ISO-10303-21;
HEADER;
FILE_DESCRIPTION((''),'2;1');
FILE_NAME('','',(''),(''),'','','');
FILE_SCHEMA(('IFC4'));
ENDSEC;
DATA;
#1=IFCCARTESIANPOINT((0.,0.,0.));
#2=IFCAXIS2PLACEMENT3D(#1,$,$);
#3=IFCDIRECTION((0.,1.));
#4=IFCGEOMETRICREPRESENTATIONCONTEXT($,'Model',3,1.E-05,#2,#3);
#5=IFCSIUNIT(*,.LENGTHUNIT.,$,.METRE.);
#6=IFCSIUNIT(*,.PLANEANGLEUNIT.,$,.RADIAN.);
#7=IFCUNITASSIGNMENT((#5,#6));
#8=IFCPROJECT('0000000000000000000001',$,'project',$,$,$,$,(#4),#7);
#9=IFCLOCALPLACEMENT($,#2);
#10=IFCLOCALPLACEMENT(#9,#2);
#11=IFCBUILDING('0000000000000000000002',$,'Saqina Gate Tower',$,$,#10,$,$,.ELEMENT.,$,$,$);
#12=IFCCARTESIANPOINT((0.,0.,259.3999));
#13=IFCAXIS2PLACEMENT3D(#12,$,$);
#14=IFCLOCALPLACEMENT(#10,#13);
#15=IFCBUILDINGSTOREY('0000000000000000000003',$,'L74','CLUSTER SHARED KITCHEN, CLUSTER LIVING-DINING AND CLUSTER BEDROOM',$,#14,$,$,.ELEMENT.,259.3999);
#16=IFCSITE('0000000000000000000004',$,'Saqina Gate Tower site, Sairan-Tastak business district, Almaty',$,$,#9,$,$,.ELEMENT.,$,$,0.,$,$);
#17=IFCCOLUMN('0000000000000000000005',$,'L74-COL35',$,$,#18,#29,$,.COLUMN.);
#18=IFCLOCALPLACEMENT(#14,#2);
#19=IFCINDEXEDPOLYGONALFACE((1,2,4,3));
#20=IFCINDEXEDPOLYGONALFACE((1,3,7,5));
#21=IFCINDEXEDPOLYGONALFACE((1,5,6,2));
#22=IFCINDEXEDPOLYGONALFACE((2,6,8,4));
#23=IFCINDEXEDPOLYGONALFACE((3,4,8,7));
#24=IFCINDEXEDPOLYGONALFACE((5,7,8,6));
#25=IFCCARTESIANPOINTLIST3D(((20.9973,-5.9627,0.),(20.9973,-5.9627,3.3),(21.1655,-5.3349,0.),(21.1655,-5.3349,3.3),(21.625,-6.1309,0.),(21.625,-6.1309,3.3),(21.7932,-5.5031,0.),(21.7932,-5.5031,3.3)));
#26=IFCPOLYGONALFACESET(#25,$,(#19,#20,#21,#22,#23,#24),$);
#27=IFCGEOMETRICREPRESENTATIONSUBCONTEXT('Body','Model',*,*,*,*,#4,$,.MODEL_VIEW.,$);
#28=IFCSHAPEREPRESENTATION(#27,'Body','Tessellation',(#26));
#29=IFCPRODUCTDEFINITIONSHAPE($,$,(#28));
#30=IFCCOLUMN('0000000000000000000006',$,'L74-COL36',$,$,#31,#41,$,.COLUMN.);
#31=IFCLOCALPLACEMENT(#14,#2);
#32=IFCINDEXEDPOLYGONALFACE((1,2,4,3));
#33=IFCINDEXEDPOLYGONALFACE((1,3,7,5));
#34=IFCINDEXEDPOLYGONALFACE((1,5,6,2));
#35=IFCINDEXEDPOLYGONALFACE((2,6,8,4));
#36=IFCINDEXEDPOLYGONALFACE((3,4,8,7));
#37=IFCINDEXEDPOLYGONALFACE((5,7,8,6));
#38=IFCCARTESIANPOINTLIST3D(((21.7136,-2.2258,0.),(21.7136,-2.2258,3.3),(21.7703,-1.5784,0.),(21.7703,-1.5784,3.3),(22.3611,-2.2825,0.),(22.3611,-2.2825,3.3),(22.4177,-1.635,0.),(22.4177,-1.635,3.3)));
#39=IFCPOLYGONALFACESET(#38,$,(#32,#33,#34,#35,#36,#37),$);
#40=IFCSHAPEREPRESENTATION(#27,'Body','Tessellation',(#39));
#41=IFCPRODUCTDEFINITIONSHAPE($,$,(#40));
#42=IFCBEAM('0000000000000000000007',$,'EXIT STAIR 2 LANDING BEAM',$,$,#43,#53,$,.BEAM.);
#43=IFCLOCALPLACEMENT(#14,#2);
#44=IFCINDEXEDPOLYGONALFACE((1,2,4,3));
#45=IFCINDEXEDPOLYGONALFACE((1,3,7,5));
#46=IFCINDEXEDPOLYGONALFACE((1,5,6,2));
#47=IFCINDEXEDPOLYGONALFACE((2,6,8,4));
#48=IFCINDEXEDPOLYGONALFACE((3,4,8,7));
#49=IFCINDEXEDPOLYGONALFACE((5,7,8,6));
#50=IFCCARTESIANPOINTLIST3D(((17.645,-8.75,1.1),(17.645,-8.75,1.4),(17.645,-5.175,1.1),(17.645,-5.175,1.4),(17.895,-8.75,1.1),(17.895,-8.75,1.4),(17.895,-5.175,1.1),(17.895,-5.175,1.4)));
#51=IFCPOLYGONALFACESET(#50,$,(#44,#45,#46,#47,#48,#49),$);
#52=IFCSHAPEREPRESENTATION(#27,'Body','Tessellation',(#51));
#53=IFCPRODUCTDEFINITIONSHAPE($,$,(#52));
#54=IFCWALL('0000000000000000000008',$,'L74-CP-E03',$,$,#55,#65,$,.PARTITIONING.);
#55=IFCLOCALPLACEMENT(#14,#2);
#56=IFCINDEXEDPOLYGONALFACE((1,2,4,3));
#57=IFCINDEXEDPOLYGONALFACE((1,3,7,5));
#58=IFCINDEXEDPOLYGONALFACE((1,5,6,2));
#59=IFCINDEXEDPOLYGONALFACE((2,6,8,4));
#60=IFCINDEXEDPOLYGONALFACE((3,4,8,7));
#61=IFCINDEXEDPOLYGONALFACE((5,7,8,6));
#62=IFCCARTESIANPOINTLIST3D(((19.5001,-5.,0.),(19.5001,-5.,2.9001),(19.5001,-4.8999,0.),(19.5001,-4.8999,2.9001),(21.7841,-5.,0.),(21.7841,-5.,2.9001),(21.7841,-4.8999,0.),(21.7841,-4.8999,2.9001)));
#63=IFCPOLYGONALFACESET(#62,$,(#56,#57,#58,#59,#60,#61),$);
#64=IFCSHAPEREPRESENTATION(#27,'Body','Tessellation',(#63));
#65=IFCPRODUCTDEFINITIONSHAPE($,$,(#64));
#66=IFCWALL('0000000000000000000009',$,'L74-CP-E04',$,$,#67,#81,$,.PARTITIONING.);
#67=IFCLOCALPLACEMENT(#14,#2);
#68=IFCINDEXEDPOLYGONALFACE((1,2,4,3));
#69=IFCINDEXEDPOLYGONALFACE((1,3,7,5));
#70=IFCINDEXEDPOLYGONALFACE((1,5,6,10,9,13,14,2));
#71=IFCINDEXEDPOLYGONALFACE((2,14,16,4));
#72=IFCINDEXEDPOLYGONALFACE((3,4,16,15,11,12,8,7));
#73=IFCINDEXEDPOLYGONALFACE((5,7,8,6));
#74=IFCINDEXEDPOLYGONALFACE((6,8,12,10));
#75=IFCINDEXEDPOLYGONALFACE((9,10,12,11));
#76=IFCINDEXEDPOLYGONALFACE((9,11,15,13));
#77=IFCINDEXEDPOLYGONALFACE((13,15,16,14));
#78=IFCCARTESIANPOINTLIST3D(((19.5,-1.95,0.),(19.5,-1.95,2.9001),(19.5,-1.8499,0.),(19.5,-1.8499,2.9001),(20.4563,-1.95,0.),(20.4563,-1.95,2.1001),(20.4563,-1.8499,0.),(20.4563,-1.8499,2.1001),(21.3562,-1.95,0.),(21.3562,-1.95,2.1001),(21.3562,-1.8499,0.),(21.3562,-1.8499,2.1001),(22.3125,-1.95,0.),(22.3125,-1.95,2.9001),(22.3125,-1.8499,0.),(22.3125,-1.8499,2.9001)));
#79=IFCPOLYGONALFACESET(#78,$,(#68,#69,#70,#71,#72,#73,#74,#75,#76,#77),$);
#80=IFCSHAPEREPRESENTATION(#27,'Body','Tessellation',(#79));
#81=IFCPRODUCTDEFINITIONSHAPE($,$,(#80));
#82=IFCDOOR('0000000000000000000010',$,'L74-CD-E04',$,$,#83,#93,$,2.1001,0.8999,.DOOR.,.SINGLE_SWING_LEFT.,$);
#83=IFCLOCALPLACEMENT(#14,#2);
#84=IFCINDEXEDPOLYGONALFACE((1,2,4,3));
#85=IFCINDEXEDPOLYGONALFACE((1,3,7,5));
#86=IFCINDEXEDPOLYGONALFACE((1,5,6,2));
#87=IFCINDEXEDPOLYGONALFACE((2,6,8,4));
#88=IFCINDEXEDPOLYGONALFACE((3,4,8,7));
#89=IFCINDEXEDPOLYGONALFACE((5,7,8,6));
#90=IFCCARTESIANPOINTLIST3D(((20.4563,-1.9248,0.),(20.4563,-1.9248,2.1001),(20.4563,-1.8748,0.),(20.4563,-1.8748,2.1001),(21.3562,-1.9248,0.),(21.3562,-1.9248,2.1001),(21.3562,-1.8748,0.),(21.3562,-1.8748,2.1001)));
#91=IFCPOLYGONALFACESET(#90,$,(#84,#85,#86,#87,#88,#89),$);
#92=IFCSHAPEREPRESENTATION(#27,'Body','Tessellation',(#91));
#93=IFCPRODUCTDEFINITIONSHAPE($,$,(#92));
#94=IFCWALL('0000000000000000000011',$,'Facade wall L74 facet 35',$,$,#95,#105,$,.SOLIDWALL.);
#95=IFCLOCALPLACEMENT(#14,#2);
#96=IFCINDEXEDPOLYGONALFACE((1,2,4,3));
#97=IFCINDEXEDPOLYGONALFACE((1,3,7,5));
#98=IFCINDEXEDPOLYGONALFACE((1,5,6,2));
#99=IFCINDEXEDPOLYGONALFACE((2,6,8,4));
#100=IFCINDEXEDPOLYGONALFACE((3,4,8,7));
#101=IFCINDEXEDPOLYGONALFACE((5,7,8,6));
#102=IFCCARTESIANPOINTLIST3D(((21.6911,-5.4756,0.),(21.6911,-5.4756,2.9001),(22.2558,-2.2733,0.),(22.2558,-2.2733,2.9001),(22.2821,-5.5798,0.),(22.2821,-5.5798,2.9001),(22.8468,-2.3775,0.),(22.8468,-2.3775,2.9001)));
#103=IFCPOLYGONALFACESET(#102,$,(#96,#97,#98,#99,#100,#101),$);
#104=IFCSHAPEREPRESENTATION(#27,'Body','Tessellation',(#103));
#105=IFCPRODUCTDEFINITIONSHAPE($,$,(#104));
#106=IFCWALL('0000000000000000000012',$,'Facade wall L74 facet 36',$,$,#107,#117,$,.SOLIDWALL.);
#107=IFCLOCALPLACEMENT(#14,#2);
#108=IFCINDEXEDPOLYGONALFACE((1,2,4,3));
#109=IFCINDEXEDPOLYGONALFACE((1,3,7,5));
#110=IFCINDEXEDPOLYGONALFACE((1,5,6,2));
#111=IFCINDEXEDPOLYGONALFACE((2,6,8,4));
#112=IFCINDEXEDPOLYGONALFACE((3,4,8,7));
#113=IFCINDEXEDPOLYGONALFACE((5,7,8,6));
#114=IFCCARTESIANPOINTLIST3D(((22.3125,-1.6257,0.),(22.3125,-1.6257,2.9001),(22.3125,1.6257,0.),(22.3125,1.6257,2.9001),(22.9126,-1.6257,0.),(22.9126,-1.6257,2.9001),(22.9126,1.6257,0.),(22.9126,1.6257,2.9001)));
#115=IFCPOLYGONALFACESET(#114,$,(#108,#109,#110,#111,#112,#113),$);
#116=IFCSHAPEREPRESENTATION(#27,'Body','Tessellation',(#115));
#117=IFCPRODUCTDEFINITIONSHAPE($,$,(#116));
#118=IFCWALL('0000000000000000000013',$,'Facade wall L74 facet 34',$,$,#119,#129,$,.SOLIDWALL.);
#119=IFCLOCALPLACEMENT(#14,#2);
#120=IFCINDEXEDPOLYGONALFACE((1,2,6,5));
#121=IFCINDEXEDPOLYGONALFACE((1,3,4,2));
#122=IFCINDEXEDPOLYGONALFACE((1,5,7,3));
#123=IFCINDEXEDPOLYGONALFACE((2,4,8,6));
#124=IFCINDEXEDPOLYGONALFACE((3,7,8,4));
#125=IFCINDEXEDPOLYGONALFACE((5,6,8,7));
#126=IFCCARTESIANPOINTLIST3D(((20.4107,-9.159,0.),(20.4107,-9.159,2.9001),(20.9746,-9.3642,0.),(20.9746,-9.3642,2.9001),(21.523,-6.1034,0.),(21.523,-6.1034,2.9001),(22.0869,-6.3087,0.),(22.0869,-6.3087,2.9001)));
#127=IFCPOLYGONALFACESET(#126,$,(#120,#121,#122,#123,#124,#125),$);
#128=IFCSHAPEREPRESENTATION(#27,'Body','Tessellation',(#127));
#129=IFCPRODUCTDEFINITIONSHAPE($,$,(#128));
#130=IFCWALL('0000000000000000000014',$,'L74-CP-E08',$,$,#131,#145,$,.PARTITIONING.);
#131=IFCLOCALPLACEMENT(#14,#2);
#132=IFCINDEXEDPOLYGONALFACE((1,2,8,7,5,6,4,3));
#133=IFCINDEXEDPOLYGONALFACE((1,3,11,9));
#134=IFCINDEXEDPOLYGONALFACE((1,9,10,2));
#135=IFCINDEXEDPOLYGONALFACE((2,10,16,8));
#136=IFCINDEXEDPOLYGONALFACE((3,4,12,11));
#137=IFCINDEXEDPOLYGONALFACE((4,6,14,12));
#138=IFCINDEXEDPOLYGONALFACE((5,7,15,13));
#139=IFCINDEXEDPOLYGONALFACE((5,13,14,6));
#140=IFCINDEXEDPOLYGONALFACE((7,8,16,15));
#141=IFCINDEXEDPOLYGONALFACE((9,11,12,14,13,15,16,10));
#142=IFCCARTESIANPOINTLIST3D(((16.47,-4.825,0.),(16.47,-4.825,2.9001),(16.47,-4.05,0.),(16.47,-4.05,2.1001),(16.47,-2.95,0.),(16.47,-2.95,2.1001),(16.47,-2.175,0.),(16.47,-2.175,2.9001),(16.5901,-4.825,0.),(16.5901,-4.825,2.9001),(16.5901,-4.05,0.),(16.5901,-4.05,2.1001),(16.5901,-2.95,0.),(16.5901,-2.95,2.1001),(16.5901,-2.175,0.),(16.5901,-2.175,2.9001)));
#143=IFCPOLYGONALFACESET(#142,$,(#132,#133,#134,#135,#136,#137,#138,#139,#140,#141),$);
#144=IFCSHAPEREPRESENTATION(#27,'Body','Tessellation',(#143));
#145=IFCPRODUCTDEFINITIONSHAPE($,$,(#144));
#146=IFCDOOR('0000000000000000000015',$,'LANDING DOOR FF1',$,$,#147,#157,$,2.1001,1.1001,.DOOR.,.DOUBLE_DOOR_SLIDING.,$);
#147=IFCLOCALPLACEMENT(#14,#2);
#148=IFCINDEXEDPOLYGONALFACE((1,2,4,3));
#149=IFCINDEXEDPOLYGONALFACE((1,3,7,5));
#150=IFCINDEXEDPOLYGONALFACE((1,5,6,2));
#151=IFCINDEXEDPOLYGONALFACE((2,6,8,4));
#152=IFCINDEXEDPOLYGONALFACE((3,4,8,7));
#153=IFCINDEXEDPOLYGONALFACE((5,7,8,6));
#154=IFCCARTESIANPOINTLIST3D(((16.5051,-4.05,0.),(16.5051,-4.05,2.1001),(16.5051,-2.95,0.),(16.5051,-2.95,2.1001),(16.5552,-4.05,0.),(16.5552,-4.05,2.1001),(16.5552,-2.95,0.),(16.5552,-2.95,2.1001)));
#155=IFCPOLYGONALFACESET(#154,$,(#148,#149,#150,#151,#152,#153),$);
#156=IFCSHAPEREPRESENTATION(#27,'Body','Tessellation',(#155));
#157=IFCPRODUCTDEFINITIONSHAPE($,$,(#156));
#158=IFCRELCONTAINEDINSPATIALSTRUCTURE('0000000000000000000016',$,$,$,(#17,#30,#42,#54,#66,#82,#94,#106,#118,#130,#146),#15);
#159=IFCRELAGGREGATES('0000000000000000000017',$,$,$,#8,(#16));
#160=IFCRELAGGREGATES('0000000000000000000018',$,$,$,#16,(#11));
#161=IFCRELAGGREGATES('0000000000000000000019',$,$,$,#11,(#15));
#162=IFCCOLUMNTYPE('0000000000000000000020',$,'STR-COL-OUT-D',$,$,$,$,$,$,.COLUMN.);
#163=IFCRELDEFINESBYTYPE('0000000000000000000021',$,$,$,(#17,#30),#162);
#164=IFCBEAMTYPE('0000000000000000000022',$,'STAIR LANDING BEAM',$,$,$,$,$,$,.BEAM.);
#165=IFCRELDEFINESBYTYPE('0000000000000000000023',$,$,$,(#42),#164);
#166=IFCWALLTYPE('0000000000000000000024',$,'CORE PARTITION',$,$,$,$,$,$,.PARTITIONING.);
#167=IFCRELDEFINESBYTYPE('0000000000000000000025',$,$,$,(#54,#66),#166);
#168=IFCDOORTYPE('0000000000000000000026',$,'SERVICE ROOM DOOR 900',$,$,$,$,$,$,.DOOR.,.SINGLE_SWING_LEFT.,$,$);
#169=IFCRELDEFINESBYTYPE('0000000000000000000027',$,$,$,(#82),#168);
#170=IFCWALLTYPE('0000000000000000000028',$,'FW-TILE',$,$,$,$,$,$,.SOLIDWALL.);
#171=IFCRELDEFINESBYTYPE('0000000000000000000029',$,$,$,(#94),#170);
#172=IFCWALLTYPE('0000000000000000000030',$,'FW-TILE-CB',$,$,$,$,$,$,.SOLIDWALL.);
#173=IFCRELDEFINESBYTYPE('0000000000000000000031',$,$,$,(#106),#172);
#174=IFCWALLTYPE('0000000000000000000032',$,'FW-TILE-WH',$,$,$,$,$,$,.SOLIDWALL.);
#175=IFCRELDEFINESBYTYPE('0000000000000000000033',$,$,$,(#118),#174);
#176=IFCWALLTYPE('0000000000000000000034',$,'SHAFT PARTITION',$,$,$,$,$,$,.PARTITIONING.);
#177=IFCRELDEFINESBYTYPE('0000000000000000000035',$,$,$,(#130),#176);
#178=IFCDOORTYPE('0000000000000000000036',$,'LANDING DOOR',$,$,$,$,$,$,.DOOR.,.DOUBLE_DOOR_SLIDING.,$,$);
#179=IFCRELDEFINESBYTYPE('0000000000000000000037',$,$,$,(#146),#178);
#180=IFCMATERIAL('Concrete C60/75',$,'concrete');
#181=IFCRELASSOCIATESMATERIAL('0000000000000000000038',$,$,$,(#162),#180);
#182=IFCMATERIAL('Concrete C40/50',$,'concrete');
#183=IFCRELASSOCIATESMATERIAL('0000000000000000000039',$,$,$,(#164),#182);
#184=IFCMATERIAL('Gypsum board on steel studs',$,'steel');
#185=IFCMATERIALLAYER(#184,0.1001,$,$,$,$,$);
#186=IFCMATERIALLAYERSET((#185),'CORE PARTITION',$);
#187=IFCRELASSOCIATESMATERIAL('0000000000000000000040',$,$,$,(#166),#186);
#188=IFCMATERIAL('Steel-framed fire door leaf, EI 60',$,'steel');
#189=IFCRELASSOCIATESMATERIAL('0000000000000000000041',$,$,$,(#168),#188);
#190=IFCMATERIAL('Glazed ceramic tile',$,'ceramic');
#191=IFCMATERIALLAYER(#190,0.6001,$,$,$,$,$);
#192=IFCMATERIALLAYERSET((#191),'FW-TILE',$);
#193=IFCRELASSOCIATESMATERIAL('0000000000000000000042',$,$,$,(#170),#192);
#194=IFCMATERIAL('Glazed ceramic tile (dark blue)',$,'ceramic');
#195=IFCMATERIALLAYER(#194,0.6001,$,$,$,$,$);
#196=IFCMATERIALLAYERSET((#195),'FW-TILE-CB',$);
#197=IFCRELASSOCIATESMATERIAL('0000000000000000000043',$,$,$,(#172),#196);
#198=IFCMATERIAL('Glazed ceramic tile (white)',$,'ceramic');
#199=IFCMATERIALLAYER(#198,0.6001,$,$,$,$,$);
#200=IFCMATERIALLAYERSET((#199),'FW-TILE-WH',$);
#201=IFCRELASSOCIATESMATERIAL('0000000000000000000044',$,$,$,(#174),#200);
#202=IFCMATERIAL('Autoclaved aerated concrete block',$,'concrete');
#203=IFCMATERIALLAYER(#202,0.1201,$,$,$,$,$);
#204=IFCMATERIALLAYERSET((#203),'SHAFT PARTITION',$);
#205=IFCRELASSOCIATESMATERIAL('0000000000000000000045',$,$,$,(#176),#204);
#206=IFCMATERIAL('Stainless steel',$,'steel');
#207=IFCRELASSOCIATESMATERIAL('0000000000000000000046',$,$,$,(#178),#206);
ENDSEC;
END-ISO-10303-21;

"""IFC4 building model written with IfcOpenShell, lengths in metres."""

from ifc_helpers import new_model, si_unit, direction, frame, frame_2d, origin, origin_2d, place, context, subcontext, project, spatial, rectangle, extrude, material, layer, layer_set, material_profile, profile_set, type_object, element, fill, save


model = new_model("IFC4")

# Units and contexts
model_context = context("Model", 3, precision=1e-05, world=origin(), true_north=direction((0.0, 1.0)))
body_context = subcontext(model_context, "Body", "Model", "MODEL_VIEW")
ifc_project = project(units=[si_unit("LENGTHUNIT", "METRE"), si_unit("PLANEANGLEUNIT", "RADIAN")], contexts=[model_context])

# Site, building, storey
site_placement = place(None, origin())
site = spatial("IfcSite", under=ifc_project, at=site_placement, Name="Saqina Gate Tower site, Sairan-Tastak business district, Almaty", CompositionType="ELEMENT", RefElevation=0.0)
building_placement = place(site_placement, origin())
building = spatial("IfcBuilding", under=site, at=building_placement, Name="Saqina Gate Tower", CompositionType="ELEMENT")
storey_placement = place(building_placement, frame((0.0, 0.0, 259.3999)))
storey = spatial("IfcBuildingStorey", under=building, at=storey_placement, Name="L74", Description="CLUSTER SHARED KITCHEN, CLUSTER LIVING-DINING AND CLUSTER BEDROOM", CompositionType="ELEMENT", Elevation=259.3999)

# Columns
ifc_material_1 = material(Name="Concrete C60/75", Category="concrete")
ifc_material_profile_1 = material_profile(ifc_material_1, rectangle(XDim=0.6499, YDim=0.6499, at=origin_2d()), Name="RC 650x650")
ifc_profile_set_1 = profile_set([ifc_material_profile_1], Name="Concrete C60/75")
column_type = type_object("IfcColumnType", Name="STR-COL-OUT-D", PredefinedType="COLUMN", material=ifc_profile_set_1)
for number, where, z_axis, x_axis, name in (
    (1, (21.3953, -5.7329, 0.0), (0.0, 0.0, 1.0), (0.965926, -0.258819, 0.0), "L74-COL35"),
    (2, (22.0657, -1.9304, 0.0), (0.0, 0.0, 1.0), (0.996195, -0.087156, 0.0), "L74-COL36"),
):
    element("IfcColumn", number, at=place(storey_placement, frame(where, z_axis=z_axis, x_axis=x_axis)), inside=storey, type_object=column_type, Name=name, PredefinedType="COLUMN", context=body_context, shape_type="SweptSolid", body=[
        extrude(rectangle(XDim=0.6499, YDim=0.6499, at=origin_2d()), origin(), (0.0, 0.0, 1.0), 3.3),
    ])

# Beam
ifc_material_2 = material(Name="Concrete C40/50", Category="concrete")
ifc_material_profile_2 = material_profile(ifc_material_2, rectangle(XDim=0.25, YDim=0.3, at=origin_2d()), Name="STAIR LANDING BEAM")
ifc_profile_set_2 = profile_set([ifc_material_profile_2], Name="Concrete C40/50")
beam_type = type_object("IfcBeamType", Name="STAIR LANDING BEAM", PredefinedType="BEAM", material=ifc_profile_set_2)
beam_placement = place(storey_placement, frame((17.77, -8.75, 1.25), z_axis=(0.0, 1.0, 0.0), x_axis=(-1.0, 0.0, 0.0)))
element("IfcBeam", 3, at=beam_placement, inside=storey, type_object=beam_type, Name="EXIT STAIR 2 LANDING BEAM", PredefinedType="BEAM", context=body_context, shape_type="SweptSolid", body=[
    extrude(rectangle(XDim=0.25, YDim=0.3, at=origin_2d()), origin(), (0.0, 0.0, 1.0), 3.575),
])

# Wall
ifc_material_3 = material(Name="Gypsum board on steel studs", Category="steel")
ifc_layer_1 = layer(ifc_material_3, 0.1001)
ifc_layer_set_1 = layer_set([ifc_layer_1], Name="CORE PARTITION")
wall_type_1 = type_object("IfcWallType", Name="CORE PARTITION", PredefinedType="PARTITIONING", material=ifc_layer_set_1)
wall_1_placement = place(storey_placement, frame((19.5, -4.95, 0.0), z_axis=(0.0, 0.0, 1.0), x_axis=(1.0, 0.0, 0.0)))
element("IfcWall", 4, at=wall_1_placement, inside=storey, type_object=wall_type_1, Name="L74-CP-E03", PredefinedType="PARTITIONING", context=body_context, shape_type="SweptSolid", body=[
    extrude(rectangle(XDim=2.2839, YDim=0.1001, at=frame_2d((1.1421, 0.0))), origin(), (0.0, 0.0, 1.0), 2.9001),
])

# Wall, opening, door
wall_2_placement = place(storey_placement, frame((19.5, -1.8999, 0.0), z_axis=(0.0, 0.0, 1.0), x_axis=(1.0, 0.0, 0.0)))
wall_2 = element("IfcWall", 5, at=wall_2_placement, inside=storey, type_object=wall_type_1, Name="L74-CP-E04", PredefinedType="PARTITIONING", context=body_context, shape_type="SweptSolid", body=[
    extrude(rectangle(XDim=2.8125, YDim=0.1001, at=frame_2d((1.4062, 0.0))), origin(), (0.0, 0.0, 1.0), 2.9001),
])
opening_1_placement = place(wall_2_placement, frame((0.9563, 0.0, 0.0)))
opening_1 = element("IfcOpeningElement", 6, at=opening_1_placement, cuts=wall_2, PredefinedType="OPENING", context=body_context, shape_type="SweptSolid", body=[
    extrude(rectangle(XDim=0.8999, YDim=2.1001, at=frame_2d((0.45, 1.05))), frame((0.0, 0.062, 0.0), z_axis=(0.0, -1.0, 0.0), x_axis=(1.0, 0.0, 0.0)), (0.0, 0.0, 1.0), 0.124),
])
ifc_material_4 = material(Name="Steel-framed fire door leaf, EI 60", Category="steel")
door_type_1 = type_object("IfcDoorType", Name="SERVICE ROOM DOOR 900", OperationType="SINGLE_SWING_LEFT", PredefinedType="DOOR", material=ifc_material_4)
door_1_placement = place(opening_1_placement, frame((0.8999, 0.0, 0.0), z_axis=(0.0, 0.0, 1.0), x_axis=(-1.0, 0.0, 0.0)))
door_1 = element("IfcDoor", 7, at=door_1_placement, inside=storey, type_object=door_type_1, Name="L74-CD-E04", OperationType="SINGLE_SWING_LEFT", OverallHeight=2.1001, OverallWidth=0.8999, PredefinedType="DOOR", context=body_context, shape_type="SweptSolid", body=[
    extrude(rectangle(XDim=0.8999, YDim=2.1001, at=frame_2d((0.45, 1.05))), frame((0.0, 0.0249, 0.0), z_axis=(0.0, -1.0, 0.0), x_axis=(1.0, 0.0, 0.0)), (0.0, 0.0, 1.0), 0.05),
])
fill(opening_1, door_1)

# Walls
ifc_material_5 = material(Name="Glazed ceramic tile", Category="ceramic")
ifc_layer_2 = layer(ifc_material_5, 0.6001)
ifc_layer_set_2 = layer_set([ifc_layer_2], Name="FW-TILE")
wall_type_2 = type_object("IfcWallType", Name="FW-TILE", PredefinedType="SOLIDWALL", material=ifc_layer_set_2)
wall_3_placement = place(storey_placement, frame((21.9866, -5.5278, 0.0), z_axis=(0.0, 0.0, 1.0), x_axis=(0.173657, 0.984806, 0.0)))
element("IfcWall", 8, at=wall_3_placement, inside=storey, type_object=wall_type_2, Name="Facade wall L74 facet 35", PredefinedType="SOLIDWALL", context=body_context, shape_type="SweptSolid", body=[
    extrude(rectangle(XDim=3.2517, YDim=0.6001, at=frame_2d((1.626, 0.0))), origin(), (0.0, 0.0, 1.0), 2.9001),
])
ifc_material_6 = material(Name="Glazed ceramic tile (dark blue)", Category="ceramic")
ifc_layer_3 = layer(ifc_material_6, 0.6001)
ifc_layer_set_3 = layer_set([ifc_layer_3], Name="FW-TILE-CB")
wall_type_3 = type_object("IfcWallType", Name="FW-TILE-CB", PredefinedType="SOLIDWALL", material=ifc_layer_set_3)
wall_4_placement = place(storey_placement, frame((22.6125, -1.6257, 0.0), z_axis=(0.0, 0.0, 1.0), x_axis=(0.0, 1.0, 0.0)))
element("IfcWall", 9, at=wall_4_placement, inside=storey, type_object=wall_type_3, Name="Facade wall L74 facet 36", PredefinedType="SOLIDWALL", context=body_context, shape_type="SweptSolid", body=[
    extrude(rectangle(XDim=3.2515, YDim=0.6001, at=frame_2d((1.6257, 0.0))), origin(), (0.0, 0.0, 1.0), 2.9001),
])
ifc_material_7 = material(Name="Glazed ceramic tile (white)", Category="ceramic")
ifc_layer_4 = layer(ifc_material_7, 0.6001)
ifc_layer_set_4 = layer_set([ifc_layer_4], Name="FW-TILE-WH")
wall_type_4 = type_object("IfcWallType", Name="FW-TILE-WH", PredefinedType="SOLIDWALL", material=ifc_layer_set_4)
wall_5_placement = place(storey_placement, frame((20.6926, -9.2617, 0.0), z_axis=(0.0, 0.0, 1.0), x_axis=(0.342057, 0.939679, 0.0)))
element("IfcWall", 10, at=wall_5_placement, inside=storey, type_object=wall_type_4, Name="Facade wall L74 facet 34", PredefinedType="SOLIDWALL", context=body_context, shape_type="SweptSolid", body=[
    extrude(rectangle(XDim=3.2517, YDim=0.6001, at=frame_2d((1.626, 0.0))), origin(), (0.0, 0.0, 1.0), 2.9001),
])

# Wall, opening, door
ifc_material_8 = material(Name="Autoclaved aerated concrete block", Category="concrete")
ifc_layer_5 = layer(ifc_material_8, 0.1201)
ifc_layer_set_5 = layer_set([ifc_layer_5], Name="SHAFT PARTITION")
wall_type_5 = type_object("IfcWallType", Name="SHAFT PARTITION", PredefinedType="PARTITIONING", material=ifc_layer_set_5)
wall_6_placement = place(storey_placement, frame((16.53, -4.825, 0.0), z_axis=(0.0, 0.0, 1.0), x_axis=(0.0, 1.0, 0.0)))
wall_6 = element("IfcWall", 11, at=wall_6_placement, inside=storey, type_object=wall_type_5, Name="L74-CP-E08", PredefinedType="PARTITIONING", context=body_context, shape_type="SweptSolid", body=[
    extrude(rectangle(XDim=2.6499, YDim=0.1201, at=frame_2d((1.325, 0.0))), origin(), (0.0, 0.0, 1.0), 2.9001),
])
opening_2_placement = place(wall_6_placement, frame((0.7749, 0.0, 0.0)))
opening_2 = element("IfcOpeningElement", 12, at=opening_2_placement, cuts=wall_6, PredefinedType="OPENING", context=body_context, shape_type="SweptSolid", body=[
    extrude(rectangle(XDim=1.1001, YDim=2.1001, at=frame_2d((0.55, 1.05))), frame((0.0, 0.072, 0.0), z_axis=(0.0, -1.0, 0.0), x_axis=(1.0, 0.0, 0.0)), (0.0, 0.0, 1.0), 0.144),
])
ifc_material_9 = material(Name="Stainless steel", Category="steel")
door_type_2 = type_object("IfcDoorType", Name="LANDING DOOR", OperationType="DOUBLE_DOOR_SLIDING", PredefinedType="DOOR", material=ifc_material_9)
door_2_placement = place(opening_2_placement, origin())
door_2 = element("IfcDoor", 13, at=door_2_placement, inside=storey, type_object=door_type_2, Name="LANDING DOOR FF1", OperationType="DOUBLE_DOOR_SLIDING", OverallHeight=2.1001, OverallWidth=1.1001, PredefinedType="DOOR", context=body_context, shape_type="SweptSolid", body=[
    extrude(rectangle(XDim=1.1001, YDim=2.1001, at=frame_2d((0.55, 1.05))), frame((0.0, 0.0249, 0.0), z_axis=(0.0, -1.0, 0.0), x_axis=(1.0, 0.0, 0.0)), (0.0, 0.0, 1.0), 0.05),
])
fill(opening_2, door_2)

save(model, "model.ifc")
